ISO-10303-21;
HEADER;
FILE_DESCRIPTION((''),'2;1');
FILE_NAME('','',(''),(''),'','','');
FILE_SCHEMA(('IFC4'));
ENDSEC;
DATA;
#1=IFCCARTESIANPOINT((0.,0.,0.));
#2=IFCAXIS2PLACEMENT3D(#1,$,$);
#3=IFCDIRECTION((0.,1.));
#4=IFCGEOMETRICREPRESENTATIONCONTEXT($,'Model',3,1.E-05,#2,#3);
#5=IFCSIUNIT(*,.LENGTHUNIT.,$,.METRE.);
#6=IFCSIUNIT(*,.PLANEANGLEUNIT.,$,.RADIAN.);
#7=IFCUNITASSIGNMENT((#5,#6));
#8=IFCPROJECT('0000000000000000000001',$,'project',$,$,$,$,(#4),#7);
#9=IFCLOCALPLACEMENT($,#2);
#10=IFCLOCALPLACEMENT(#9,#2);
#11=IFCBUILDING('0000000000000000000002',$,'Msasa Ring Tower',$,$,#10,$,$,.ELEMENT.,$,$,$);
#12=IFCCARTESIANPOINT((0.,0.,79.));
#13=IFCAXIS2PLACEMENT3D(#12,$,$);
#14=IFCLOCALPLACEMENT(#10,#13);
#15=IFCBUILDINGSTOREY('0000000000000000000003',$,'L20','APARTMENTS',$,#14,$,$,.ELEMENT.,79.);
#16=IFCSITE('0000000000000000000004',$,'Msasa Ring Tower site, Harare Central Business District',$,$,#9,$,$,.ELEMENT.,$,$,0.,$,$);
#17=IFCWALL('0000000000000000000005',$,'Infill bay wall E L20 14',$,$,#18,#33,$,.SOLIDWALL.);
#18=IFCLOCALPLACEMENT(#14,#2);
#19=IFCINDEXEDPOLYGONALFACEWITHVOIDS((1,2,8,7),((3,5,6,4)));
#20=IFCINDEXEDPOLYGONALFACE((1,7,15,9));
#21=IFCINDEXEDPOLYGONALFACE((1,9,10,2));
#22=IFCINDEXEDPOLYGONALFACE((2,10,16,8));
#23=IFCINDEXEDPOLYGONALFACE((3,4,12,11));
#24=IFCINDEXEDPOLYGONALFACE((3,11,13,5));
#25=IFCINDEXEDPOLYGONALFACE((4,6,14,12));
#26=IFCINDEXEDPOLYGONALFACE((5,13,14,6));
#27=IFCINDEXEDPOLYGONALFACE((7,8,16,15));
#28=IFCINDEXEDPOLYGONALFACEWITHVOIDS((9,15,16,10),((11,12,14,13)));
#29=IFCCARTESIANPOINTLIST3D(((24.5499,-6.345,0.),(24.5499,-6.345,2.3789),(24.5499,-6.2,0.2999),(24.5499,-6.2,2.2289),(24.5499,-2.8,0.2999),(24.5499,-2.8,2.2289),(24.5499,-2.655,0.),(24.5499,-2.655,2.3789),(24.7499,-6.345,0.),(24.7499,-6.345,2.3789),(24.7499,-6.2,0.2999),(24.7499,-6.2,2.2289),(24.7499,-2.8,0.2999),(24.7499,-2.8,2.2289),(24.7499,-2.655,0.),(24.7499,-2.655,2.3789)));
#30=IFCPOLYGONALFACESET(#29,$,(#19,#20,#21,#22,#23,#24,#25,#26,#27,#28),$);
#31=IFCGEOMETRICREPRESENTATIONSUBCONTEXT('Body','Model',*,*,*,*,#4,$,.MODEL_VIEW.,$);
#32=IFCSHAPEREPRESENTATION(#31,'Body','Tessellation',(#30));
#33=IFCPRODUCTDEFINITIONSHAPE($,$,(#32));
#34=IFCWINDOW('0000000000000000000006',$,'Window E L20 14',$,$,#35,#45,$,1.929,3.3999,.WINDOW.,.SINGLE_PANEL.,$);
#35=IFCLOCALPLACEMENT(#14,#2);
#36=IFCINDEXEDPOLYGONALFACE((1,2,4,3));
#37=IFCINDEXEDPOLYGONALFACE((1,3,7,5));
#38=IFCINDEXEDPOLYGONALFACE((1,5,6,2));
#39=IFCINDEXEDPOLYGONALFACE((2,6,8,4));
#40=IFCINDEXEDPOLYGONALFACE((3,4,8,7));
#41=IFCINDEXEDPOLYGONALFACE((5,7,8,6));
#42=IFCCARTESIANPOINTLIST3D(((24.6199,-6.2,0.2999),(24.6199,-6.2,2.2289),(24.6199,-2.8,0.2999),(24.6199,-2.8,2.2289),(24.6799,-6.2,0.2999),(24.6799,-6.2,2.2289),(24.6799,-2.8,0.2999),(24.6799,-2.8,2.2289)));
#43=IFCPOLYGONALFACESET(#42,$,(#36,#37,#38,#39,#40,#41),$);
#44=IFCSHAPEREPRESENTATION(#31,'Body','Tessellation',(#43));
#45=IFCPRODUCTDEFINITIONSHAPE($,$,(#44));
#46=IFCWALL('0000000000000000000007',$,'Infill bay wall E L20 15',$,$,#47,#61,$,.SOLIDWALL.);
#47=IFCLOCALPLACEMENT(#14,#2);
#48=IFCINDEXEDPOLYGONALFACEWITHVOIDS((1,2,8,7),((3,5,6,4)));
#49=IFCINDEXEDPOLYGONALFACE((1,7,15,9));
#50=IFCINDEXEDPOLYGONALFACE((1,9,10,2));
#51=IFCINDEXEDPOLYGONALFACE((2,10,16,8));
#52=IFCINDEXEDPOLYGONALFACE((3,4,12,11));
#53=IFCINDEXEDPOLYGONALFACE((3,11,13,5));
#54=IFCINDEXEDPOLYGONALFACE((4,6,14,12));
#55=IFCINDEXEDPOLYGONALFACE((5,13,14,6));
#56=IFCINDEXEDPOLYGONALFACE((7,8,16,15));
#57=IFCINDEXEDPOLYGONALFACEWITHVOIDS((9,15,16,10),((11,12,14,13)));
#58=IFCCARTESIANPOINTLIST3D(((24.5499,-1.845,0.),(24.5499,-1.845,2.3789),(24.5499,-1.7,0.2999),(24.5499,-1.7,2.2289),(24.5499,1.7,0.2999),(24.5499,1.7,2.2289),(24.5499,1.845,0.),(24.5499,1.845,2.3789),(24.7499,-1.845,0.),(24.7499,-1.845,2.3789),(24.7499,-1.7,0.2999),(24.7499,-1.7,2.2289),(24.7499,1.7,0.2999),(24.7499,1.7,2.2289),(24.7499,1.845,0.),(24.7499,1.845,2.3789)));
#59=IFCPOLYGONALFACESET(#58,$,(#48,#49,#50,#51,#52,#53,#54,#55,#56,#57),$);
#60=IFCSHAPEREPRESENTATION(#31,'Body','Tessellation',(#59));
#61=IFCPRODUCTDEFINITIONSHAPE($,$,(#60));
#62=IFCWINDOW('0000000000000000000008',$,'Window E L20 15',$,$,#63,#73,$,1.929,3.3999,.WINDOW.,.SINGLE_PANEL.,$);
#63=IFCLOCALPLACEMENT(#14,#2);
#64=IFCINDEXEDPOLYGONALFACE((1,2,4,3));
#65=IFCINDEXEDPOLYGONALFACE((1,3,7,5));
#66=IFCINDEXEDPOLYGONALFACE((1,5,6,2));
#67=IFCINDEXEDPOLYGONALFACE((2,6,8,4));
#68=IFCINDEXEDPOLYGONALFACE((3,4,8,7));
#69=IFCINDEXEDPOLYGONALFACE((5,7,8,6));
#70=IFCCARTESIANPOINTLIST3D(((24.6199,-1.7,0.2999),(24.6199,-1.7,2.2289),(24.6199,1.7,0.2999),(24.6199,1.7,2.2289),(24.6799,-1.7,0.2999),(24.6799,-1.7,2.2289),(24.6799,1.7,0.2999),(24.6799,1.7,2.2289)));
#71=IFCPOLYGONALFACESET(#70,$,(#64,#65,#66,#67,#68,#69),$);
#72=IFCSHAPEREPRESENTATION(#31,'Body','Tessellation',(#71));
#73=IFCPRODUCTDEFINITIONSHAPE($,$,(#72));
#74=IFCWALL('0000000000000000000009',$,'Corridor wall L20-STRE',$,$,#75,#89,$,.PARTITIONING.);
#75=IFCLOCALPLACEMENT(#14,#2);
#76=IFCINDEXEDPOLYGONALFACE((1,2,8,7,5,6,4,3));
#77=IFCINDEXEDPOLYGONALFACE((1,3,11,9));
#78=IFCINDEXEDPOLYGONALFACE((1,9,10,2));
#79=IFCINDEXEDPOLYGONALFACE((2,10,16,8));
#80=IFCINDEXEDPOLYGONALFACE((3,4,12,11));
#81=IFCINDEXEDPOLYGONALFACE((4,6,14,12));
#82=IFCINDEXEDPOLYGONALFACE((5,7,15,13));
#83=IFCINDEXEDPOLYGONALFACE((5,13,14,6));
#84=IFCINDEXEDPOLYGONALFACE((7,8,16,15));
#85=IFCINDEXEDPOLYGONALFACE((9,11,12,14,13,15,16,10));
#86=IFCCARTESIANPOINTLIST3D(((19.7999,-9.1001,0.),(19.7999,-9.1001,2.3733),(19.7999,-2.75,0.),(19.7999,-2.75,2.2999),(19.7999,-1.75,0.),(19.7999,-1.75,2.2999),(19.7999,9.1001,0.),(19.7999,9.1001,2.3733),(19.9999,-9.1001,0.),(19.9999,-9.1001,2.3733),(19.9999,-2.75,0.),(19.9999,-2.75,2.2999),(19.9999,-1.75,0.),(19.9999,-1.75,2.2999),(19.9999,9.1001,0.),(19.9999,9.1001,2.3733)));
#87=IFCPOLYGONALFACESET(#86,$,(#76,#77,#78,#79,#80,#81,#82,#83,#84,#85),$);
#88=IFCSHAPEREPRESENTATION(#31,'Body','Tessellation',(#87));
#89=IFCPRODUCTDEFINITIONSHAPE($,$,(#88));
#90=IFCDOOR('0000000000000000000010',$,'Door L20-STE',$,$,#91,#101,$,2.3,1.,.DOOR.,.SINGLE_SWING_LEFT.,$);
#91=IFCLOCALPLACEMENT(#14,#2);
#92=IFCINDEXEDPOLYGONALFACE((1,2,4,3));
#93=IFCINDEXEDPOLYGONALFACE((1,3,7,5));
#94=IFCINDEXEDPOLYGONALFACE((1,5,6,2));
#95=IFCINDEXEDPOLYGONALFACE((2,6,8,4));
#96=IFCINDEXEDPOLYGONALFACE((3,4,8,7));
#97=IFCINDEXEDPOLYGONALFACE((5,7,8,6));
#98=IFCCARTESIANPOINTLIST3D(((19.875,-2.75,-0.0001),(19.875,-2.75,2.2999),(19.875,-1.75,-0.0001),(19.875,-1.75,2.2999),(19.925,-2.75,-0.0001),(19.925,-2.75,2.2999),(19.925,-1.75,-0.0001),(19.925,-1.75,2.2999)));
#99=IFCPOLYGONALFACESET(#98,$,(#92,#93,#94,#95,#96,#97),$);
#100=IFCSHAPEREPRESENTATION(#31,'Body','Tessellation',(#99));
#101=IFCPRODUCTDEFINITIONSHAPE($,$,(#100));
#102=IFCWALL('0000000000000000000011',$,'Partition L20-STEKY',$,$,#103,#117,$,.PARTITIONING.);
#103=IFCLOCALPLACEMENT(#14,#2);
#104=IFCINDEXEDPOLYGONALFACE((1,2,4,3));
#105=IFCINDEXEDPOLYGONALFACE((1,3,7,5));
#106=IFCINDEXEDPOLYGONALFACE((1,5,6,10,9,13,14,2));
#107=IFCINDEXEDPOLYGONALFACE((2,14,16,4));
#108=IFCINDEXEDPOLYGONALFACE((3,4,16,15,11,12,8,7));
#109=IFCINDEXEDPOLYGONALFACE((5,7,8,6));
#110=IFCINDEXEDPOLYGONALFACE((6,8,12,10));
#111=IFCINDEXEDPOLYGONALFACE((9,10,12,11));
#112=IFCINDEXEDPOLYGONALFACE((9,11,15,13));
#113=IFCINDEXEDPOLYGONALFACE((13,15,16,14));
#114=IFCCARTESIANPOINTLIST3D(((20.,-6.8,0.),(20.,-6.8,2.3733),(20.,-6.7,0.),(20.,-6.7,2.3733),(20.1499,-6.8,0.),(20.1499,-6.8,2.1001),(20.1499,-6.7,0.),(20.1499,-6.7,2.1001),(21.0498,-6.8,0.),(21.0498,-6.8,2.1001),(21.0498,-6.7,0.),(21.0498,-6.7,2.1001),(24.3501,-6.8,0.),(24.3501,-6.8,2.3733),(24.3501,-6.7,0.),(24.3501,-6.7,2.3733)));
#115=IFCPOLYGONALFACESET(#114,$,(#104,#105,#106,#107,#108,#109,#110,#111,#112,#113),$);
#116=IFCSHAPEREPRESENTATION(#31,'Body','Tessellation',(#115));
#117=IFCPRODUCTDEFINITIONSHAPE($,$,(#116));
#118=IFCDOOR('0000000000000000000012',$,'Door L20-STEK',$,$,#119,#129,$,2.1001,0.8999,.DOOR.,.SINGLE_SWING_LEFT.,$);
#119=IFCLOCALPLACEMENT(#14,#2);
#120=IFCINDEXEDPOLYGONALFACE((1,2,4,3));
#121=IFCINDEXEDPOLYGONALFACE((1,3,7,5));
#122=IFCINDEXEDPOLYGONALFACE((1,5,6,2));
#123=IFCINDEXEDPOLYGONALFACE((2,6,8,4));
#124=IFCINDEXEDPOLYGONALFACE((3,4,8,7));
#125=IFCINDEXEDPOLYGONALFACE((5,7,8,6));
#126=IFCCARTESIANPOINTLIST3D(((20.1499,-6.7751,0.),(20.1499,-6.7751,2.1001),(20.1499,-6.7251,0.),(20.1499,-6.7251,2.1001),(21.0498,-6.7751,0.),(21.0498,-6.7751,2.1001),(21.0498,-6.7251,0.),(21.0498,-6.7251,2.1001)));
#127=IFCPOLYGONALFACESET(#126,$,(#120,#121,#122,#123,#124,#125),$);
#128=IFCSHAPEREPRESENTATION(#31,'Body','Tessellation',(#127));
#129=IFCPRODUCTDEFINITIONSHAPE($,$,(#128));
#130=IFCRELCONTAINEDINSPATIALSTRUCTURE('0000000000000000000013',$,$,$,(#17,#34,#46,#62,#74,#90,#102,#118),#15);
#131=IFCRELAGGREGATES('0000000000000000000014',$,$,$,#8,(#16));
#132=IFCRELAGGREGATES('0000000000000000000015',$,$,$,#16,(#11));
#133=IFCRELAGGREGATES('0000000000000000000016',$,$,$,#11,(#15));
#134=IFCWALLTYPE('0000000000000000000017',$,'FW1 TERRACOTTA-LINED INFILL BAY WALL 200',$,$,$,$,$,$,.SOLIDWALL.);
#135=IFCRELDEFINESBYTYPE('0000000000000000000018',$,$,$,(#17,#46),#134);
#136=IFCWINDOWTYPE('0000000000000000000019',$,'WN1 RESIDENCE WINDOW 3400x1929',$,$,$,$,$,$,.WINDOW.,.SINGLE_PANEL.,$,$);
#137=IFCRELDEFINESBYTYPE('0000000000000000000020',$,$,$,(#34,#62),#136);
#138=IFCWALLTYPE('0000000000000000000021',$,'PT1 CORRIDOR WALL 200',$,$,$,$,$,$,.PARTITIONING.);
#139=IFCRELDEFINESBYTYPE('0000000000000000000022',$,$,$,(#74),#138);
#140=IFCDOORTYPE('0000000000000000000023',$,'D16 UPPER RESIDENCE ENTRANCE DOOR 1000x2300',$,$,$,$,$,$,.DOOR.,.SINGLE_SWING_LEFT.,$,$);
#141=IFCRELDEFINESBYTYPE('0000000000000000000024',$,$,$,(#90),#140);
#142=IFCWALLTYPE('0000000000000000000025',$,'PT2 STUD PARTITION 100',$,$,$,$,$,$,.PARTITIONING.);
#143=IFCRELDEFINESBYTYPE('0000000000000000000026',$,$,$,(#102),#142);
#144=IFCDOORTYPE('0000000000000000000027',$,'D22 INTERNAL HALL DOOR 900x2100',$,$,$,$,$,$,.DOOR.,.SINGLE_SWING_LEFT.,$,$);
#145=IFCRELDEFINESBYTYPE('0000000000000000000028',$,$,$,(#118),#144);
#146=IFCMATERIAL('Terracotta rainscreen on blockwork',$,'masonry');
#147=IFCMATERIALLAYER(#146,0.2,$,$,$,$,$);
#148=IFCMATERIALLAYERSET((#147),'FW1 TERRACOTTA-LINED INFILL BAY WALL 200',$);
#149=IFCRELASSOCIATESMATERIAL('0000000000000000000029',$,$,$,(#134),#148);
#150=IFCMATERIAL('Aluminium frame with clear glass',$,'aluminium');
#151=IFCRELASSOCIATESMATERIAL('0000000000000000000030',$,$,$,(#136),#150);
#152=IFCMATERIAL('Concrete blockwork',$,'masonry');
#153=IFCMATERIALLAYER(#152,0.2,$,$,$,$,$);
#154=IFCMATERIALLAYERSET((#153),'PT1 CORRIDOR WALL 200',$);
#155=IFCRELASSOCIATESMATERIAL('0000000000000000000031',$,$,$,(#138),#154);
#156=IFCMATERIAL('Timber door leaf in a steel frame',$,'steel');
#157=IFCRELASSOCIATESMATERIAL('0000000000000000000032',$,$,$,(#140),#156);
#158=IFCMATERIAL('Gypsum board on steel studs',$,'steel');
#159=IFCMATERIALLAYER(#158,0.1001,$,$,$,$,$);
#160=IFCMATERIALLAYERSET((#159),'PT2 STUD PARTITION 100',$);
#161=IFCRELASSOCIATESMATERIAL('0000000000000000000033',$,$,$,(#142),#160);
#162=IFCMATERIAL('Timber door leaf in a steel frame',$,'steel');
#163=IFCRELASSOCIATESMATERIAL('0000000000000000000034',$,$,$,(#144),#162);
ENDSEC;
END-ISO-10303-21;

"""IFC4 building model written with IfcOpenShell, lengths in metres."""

from ifc_helpers import new_model, si_unit, direction, frame, frame_2d, origin, place, context, subcontext, project, spatial, rectangle, extrude, material, layer, layer_set, type_object, element, fill, save


model = new_model("IFC4")

# Units and contexts
model_context = context("Model", 3, precision=1e-05, world=origin(), true_north=direction((0.0, 1.0)))
body_context = subcontext(model_context, "Body", "Model", "MODEL_VIEW")
ifc_project = project(units=[si_unit("LENGTHUNIT", "METRE"), si_unit("PLANEANGLEUNIT", "RADIAN")], contexts=[model_context])

# Site, building, storey
site_placement = place(None, origin())
site = spatial("IfcSite", under=ifc_project, at=site_placement, Name="Msasa Ring Tower site, Harare Central Business District", CompositionType="ELEMENT", RefElevation=0.0)
building_placement = place(site_placement, origin())
building = spatial("IfcBuilding", under=site, at=building_placement, Name="Msasa Ring Tower", CompositionType="ELEMENT")
storey_placement = place(building_placement, frame((0.0, 0.0, 79.0)))
storey = spatial("IfcBuildingStorey", under=building, at=storey_placement, Name="L20", Description="APARTMENTS", CompositionType="ELEMENT", Elevation=79.0)

# Walls, openings, windows
ifc_material_1 = material(Name="Terracotta rainscreen on blockwork", Category="masonry")
ifc_layer_1 = layer(ifc_material_1, 0.2)
ifc_layer_set_1 = layer_set([ifc_layer_1], Name="FW1 TERRACOTTA-LINED INFILL BAY WALL 200")
wall_type_1 = type_object("IfcWallType", Name="FW1 TERRACOTTA-LINED INFILL BAY WALL 200", PredefinedType="SOLIDWALL", material=ifc_layer_set_1)
ifc_material_2 = material(Name="Aluminium frame with clear glass", Category="aluminium")
window_type = type_object("IfcWindowType", Name="WN1 RESIDENCE WINDOW 3400x1929", PartitioningType="SINGLE_PANEL", PredefinedType="WINDOW", material=ifc_material_2)
wall_1_placement = place(storey_placement, frame((24.6499, -6.345, 0.0), z_axis=(0.0, 0.0, 1.0), x_axis=(0.0, 1.0, 0.0)))
wall_1 = element("IfcWall", 1, at=wall_1_placement, inside=storey, type_object=wall_type_1, Name="Infill bay wall E L20 14", PredefinedType="SOLIDWALL", context=body_context, shape_type="SweptSolid", body=[
    extrude(rectangle(XDim=3.6899, YDim=0.2, at=frame_2d((1.845, 0.0))), origin(), (0.0, 0.0, 1.0), 2.3789),
])
opening_1_placement = place(wall_1_placement, frame((0.145, 0.0, 0.3)))
opening_1 = element("IfcOpeningElement", 2, at=opening_1_placement, cuts=wall_1, PredefinedType="OPENING", context=body_context, shape_type="SweptSolid", body=[
    extrude(rectangle(XDim=3.3999, YDim=1.929, at=frame_2d((1.7, 0.9644))), frame((0.0, 0.1099, 0.0), z_axis=(0.0, -1.0, 0.0), x_axis=(1.0, 0.0, 0.0)), (0.0, 0.0, 1.0), 0.22),
])
window_1_placement = place(opening_1_placement, origin())
window_1 = element("IfcWindow", 3, at=window_1_placement, inside=storey, type_object=window_type, Name="Window E L20 14", OverallHeight=1.929, OverallWidth=3.3999, PartitioningType="SINGLE_PANEL", PredefinedType="WINDOW", context=body_context, shape_type="SweptSolid", body=[
    extrude(rectangle(XDim=3.3999, YDim=1.929, at=frame_2d((1.7, 0.9644))), frame((0.0, 0.03, 0.0), z_axis=(0.0, -1.0, 0.0), x_axis=(1.0, 0.0, 0.0)), (0.0, 0.0, 1.0), 0.0601),
])
fill(opening_1, window_1)
wall_2_placement = place(storey_placement, frame((24.6499, -1.845, 0.0), z_axis=(0.0, 0.0, 1.0), x_axis=(0.0, 1.0, 0.0)))
wall_2 = element("IfcWall", 4, at=wall_2_placement, inside=storey, type_object=wall_type_1, Name="Infill bay wall E L20 15", PredefinedType="SOLIDWALL", context=body_context, shape_type="SweptSolid", body=[
    extrude(rectangle(XDim=3.6899, YDim=0.2, at=frame_2d((1.845, 0.0))), origin(), (0.0, 0.0, 1.0), 2.3789),
])
opening_2_placement = place(wall_2_placement, frame((0.145, 0.0, 0.3)))
opening_2 = element("IfcOpeningElement", 5, at=opening_2_placement, cuts=wall_2, PredefinedType="OPENING", context=body_context, shape_type="SweptSolid", body=[
    extrude(rectangle(XDim=3.3999, YDim=1.929, at=frame_2d((1.7, 0.9644))), frame((0.0, 0.1099, 0.0), z_axis=(0.0, -1.0, 0.0), x_axis=(1.0, 0.0, 0.0)), (0.0, 0.0, 1.0), 0.22),
])
window_2_placement = place(opening_2_placement, origin())
window_2 = element("IfcWindow", 6, at=window_2_placement, inside=storey, type_object=window_type, Name="Window E L20 15", OverallHeight=1.929, OverallWidth=3.3999, PartitioningType="SINGLE_PANEL", PredefinedType="WINDOW", context=body_context, shape_type="SweptSolid", body=[
    extrude(rectangle(XDim=3.3999, YDim=1.929, at=frame_2d((1.7, 0.9644))), frame((0.0, 0.03, 0.0), z_axis=(0.0, -1.0, 0.0), x_axis=(1.0, 0.0, 0.0)), (0.0, 0.0, 1.0), 0.0601),
])
fill(opening_2, window_2)

# Walls, openings, doors
ifc_material_3 = material(Name="Concrete blockwork", Category="masonry")
ifc_layer_2 = layer(ifc_material_3, 0.2)
ifc_layer_set_2 = layer_set([ifc_layer_2], Name="PT1 CORRIDOR WALL 200")
wall_type_2 = type_object("IfcWallType", Name="PT1 CORRIDOR WALL 200", PredefinedType="PARTITIONING", material=ifc_layer_set_2)
wall_3_placement = place(storey_placement, frame((19.8999, -9.1001, 0.0), z_axis=(0.0, 0.0, 1.0), x_axis=(0.0, 1.0, 0.0)))
wall_3 = element("IfcWall", 7, at=wall_3_placement, inside=storey, type_object=wall_type_2, Name="Corridor wall L20-STRE", PredefinedType="PARTITIONING", context=body_context, shape_type="SweptSolid", body=[
    extrude(rectangle(XDim=18.2002, YDim=0.2, at=frame_2d((9.1001, 0.0))), origin(), (0.0, 0.0, 1.0), 2.3733),
])
opening_3_placement = place(wall_3_placement, frame((6.3501, 0.0, 0.0)))
opening_3 = element("IfcOpeningElement", 8, at=opening_3_placement, cuts=wall_3, PredefinedType="OPENING", context=body_context, shape_type="SweptSolid", body=[
    extrude(rectangle(XDim=1.0, YDim=2.3, at=frame_2d((0.5, 1.1499))), frame((0.0, 0.1099, 0.0), z_axis=(0.0, -1.0, 0.0), x_axis=(1.0, 0.0, 0.0)), (0.0, 0.0, 1.0), 0.22),
])
ifc_material_4 = material(Name="Timber door leaf in a steel frame", Category="steel")
door_type_1 = type_object("IfcDoorType", Name="D16 UPPER RESIDENCE ENTRANCE DOOR 1000x2300", OperationType="SINGLE_SWING_LEFT", PredefinedType="DOOR", material=ifc_material_4)
door_1_placement = place(opening_3_placement, origin())
door_1 = element("IfcDoor", 9, at=door_1_placement, inside=storey, type_object=door_type_1, Name="Door L20-STE", OperationType="SINGLE_SWING_LEFT", OverallHeight=2.3, OverallWidth=1.0, PredefinedType="DOOR", context=body_context, shape_type="SweptSolid", body=[
    extrude(rectangle(XDim=1.0, YDim=2.3, at=frame_2d((0.5, 1.1499))), frame((0.0, 0.0249, 0.0), z_axis=(0.0, -1.0, 0.0), x_axis=(1.0, 0.0, 0.0)), (0.0, 0.0, 1.0), 0.05),
])
fill(opening_3, door_1)
ifc_material_5 = material(Name="Gypsum board on steel studs", Category="steel")
ifc_layer_3 = layer(ifc_material_5, 0.1001)
ifc_layer_set_3 = layer_set([ifc_layer_3], Name="PT2 STUD PARTITION 100")
wall_type_3 = type_object("IfcWallType", Name="PT2 STUD PARTITION 100", PredefinedType="PARTITIONING", material=ifc_layer_set_3)
wall_4_placement = place(storey_placement, frame((20.0, -6.75, 0.0), z_axis=(0.0, 0.0, 1.0), x_axis=(1.0, 0.0, 0.0)))
wall_4 = element("IfcWall", 10, at=wall_4_placement, inside=storey, type_object=wall_type_3, Name="Partition L20-STEKY", PredefinedType="PARTITIONING", context=body_context, shape_type="SweptSolid", body=[
    extrude(rectangle(XDim=4.3501, YDim=0.1001, at=frame_2d((2.175, 0.0))), origin(), (0.0, 0.0, 1.0), 2.3733),
])
opening_4_placement = place(wall_4_placement, frame((0.1499, 0.0, 0.0)))
opening_4 = element("IfcOpeningElement", 11, at=opening_4_placement, cuts=wall_4, PredefinedType="OPENING", context=body_context, shape_type="SweptSolid", body=[
    extrude(rectangle(XDim=0.8999, YDim=2.1001, at=frame_2d((0.45, 1.05))), frame((0.0, 0.0601, 0.0), z_axis=(0.0, -1.0, 0.0), x_axis=(1.0, 0.0, 0.0)), (0.0, 0.0, 1.0), 0.1201),
])
ifc_material_6 = material(Name="Timber door leaf in a steel frame", Category="steel")
door_type_2 = type_object("IfcDoorType", Name="D22 INTERNAL HALL DOOR 900x2100", OperationType="SINGLE_SWING_LEFT", PredefinedType="DOOR", material=ifc_material_6)
door_2_placement = place(opening_4_placement, origin())
door_2 = element("IfcDoor", 12, at=door_2_placement, inside=storey, type_object=door_type_2, Name="Door L20-STEK", OperationType="SINGLE_SWING_LEFT", OverallHeight=2.1001, OverallWidth=0.8999, PredefinedType="DOOR", context=body_context, shape_type="SweptSolid", body=[
    extrude(rectangle(XDim=0.8999, YDim=2.1001, at=frame_2d((0.45, 1.05))), frame((0.0, 0.0249, 0.0), z_axis=(0.0, -1.0, 0.0), x_axis=(1.0, 0.0, 0.0)), (0.0, 0.0, 1.0), 0.05),
])
fill(opening_4, door_2)

save(model, "model.ifc")
